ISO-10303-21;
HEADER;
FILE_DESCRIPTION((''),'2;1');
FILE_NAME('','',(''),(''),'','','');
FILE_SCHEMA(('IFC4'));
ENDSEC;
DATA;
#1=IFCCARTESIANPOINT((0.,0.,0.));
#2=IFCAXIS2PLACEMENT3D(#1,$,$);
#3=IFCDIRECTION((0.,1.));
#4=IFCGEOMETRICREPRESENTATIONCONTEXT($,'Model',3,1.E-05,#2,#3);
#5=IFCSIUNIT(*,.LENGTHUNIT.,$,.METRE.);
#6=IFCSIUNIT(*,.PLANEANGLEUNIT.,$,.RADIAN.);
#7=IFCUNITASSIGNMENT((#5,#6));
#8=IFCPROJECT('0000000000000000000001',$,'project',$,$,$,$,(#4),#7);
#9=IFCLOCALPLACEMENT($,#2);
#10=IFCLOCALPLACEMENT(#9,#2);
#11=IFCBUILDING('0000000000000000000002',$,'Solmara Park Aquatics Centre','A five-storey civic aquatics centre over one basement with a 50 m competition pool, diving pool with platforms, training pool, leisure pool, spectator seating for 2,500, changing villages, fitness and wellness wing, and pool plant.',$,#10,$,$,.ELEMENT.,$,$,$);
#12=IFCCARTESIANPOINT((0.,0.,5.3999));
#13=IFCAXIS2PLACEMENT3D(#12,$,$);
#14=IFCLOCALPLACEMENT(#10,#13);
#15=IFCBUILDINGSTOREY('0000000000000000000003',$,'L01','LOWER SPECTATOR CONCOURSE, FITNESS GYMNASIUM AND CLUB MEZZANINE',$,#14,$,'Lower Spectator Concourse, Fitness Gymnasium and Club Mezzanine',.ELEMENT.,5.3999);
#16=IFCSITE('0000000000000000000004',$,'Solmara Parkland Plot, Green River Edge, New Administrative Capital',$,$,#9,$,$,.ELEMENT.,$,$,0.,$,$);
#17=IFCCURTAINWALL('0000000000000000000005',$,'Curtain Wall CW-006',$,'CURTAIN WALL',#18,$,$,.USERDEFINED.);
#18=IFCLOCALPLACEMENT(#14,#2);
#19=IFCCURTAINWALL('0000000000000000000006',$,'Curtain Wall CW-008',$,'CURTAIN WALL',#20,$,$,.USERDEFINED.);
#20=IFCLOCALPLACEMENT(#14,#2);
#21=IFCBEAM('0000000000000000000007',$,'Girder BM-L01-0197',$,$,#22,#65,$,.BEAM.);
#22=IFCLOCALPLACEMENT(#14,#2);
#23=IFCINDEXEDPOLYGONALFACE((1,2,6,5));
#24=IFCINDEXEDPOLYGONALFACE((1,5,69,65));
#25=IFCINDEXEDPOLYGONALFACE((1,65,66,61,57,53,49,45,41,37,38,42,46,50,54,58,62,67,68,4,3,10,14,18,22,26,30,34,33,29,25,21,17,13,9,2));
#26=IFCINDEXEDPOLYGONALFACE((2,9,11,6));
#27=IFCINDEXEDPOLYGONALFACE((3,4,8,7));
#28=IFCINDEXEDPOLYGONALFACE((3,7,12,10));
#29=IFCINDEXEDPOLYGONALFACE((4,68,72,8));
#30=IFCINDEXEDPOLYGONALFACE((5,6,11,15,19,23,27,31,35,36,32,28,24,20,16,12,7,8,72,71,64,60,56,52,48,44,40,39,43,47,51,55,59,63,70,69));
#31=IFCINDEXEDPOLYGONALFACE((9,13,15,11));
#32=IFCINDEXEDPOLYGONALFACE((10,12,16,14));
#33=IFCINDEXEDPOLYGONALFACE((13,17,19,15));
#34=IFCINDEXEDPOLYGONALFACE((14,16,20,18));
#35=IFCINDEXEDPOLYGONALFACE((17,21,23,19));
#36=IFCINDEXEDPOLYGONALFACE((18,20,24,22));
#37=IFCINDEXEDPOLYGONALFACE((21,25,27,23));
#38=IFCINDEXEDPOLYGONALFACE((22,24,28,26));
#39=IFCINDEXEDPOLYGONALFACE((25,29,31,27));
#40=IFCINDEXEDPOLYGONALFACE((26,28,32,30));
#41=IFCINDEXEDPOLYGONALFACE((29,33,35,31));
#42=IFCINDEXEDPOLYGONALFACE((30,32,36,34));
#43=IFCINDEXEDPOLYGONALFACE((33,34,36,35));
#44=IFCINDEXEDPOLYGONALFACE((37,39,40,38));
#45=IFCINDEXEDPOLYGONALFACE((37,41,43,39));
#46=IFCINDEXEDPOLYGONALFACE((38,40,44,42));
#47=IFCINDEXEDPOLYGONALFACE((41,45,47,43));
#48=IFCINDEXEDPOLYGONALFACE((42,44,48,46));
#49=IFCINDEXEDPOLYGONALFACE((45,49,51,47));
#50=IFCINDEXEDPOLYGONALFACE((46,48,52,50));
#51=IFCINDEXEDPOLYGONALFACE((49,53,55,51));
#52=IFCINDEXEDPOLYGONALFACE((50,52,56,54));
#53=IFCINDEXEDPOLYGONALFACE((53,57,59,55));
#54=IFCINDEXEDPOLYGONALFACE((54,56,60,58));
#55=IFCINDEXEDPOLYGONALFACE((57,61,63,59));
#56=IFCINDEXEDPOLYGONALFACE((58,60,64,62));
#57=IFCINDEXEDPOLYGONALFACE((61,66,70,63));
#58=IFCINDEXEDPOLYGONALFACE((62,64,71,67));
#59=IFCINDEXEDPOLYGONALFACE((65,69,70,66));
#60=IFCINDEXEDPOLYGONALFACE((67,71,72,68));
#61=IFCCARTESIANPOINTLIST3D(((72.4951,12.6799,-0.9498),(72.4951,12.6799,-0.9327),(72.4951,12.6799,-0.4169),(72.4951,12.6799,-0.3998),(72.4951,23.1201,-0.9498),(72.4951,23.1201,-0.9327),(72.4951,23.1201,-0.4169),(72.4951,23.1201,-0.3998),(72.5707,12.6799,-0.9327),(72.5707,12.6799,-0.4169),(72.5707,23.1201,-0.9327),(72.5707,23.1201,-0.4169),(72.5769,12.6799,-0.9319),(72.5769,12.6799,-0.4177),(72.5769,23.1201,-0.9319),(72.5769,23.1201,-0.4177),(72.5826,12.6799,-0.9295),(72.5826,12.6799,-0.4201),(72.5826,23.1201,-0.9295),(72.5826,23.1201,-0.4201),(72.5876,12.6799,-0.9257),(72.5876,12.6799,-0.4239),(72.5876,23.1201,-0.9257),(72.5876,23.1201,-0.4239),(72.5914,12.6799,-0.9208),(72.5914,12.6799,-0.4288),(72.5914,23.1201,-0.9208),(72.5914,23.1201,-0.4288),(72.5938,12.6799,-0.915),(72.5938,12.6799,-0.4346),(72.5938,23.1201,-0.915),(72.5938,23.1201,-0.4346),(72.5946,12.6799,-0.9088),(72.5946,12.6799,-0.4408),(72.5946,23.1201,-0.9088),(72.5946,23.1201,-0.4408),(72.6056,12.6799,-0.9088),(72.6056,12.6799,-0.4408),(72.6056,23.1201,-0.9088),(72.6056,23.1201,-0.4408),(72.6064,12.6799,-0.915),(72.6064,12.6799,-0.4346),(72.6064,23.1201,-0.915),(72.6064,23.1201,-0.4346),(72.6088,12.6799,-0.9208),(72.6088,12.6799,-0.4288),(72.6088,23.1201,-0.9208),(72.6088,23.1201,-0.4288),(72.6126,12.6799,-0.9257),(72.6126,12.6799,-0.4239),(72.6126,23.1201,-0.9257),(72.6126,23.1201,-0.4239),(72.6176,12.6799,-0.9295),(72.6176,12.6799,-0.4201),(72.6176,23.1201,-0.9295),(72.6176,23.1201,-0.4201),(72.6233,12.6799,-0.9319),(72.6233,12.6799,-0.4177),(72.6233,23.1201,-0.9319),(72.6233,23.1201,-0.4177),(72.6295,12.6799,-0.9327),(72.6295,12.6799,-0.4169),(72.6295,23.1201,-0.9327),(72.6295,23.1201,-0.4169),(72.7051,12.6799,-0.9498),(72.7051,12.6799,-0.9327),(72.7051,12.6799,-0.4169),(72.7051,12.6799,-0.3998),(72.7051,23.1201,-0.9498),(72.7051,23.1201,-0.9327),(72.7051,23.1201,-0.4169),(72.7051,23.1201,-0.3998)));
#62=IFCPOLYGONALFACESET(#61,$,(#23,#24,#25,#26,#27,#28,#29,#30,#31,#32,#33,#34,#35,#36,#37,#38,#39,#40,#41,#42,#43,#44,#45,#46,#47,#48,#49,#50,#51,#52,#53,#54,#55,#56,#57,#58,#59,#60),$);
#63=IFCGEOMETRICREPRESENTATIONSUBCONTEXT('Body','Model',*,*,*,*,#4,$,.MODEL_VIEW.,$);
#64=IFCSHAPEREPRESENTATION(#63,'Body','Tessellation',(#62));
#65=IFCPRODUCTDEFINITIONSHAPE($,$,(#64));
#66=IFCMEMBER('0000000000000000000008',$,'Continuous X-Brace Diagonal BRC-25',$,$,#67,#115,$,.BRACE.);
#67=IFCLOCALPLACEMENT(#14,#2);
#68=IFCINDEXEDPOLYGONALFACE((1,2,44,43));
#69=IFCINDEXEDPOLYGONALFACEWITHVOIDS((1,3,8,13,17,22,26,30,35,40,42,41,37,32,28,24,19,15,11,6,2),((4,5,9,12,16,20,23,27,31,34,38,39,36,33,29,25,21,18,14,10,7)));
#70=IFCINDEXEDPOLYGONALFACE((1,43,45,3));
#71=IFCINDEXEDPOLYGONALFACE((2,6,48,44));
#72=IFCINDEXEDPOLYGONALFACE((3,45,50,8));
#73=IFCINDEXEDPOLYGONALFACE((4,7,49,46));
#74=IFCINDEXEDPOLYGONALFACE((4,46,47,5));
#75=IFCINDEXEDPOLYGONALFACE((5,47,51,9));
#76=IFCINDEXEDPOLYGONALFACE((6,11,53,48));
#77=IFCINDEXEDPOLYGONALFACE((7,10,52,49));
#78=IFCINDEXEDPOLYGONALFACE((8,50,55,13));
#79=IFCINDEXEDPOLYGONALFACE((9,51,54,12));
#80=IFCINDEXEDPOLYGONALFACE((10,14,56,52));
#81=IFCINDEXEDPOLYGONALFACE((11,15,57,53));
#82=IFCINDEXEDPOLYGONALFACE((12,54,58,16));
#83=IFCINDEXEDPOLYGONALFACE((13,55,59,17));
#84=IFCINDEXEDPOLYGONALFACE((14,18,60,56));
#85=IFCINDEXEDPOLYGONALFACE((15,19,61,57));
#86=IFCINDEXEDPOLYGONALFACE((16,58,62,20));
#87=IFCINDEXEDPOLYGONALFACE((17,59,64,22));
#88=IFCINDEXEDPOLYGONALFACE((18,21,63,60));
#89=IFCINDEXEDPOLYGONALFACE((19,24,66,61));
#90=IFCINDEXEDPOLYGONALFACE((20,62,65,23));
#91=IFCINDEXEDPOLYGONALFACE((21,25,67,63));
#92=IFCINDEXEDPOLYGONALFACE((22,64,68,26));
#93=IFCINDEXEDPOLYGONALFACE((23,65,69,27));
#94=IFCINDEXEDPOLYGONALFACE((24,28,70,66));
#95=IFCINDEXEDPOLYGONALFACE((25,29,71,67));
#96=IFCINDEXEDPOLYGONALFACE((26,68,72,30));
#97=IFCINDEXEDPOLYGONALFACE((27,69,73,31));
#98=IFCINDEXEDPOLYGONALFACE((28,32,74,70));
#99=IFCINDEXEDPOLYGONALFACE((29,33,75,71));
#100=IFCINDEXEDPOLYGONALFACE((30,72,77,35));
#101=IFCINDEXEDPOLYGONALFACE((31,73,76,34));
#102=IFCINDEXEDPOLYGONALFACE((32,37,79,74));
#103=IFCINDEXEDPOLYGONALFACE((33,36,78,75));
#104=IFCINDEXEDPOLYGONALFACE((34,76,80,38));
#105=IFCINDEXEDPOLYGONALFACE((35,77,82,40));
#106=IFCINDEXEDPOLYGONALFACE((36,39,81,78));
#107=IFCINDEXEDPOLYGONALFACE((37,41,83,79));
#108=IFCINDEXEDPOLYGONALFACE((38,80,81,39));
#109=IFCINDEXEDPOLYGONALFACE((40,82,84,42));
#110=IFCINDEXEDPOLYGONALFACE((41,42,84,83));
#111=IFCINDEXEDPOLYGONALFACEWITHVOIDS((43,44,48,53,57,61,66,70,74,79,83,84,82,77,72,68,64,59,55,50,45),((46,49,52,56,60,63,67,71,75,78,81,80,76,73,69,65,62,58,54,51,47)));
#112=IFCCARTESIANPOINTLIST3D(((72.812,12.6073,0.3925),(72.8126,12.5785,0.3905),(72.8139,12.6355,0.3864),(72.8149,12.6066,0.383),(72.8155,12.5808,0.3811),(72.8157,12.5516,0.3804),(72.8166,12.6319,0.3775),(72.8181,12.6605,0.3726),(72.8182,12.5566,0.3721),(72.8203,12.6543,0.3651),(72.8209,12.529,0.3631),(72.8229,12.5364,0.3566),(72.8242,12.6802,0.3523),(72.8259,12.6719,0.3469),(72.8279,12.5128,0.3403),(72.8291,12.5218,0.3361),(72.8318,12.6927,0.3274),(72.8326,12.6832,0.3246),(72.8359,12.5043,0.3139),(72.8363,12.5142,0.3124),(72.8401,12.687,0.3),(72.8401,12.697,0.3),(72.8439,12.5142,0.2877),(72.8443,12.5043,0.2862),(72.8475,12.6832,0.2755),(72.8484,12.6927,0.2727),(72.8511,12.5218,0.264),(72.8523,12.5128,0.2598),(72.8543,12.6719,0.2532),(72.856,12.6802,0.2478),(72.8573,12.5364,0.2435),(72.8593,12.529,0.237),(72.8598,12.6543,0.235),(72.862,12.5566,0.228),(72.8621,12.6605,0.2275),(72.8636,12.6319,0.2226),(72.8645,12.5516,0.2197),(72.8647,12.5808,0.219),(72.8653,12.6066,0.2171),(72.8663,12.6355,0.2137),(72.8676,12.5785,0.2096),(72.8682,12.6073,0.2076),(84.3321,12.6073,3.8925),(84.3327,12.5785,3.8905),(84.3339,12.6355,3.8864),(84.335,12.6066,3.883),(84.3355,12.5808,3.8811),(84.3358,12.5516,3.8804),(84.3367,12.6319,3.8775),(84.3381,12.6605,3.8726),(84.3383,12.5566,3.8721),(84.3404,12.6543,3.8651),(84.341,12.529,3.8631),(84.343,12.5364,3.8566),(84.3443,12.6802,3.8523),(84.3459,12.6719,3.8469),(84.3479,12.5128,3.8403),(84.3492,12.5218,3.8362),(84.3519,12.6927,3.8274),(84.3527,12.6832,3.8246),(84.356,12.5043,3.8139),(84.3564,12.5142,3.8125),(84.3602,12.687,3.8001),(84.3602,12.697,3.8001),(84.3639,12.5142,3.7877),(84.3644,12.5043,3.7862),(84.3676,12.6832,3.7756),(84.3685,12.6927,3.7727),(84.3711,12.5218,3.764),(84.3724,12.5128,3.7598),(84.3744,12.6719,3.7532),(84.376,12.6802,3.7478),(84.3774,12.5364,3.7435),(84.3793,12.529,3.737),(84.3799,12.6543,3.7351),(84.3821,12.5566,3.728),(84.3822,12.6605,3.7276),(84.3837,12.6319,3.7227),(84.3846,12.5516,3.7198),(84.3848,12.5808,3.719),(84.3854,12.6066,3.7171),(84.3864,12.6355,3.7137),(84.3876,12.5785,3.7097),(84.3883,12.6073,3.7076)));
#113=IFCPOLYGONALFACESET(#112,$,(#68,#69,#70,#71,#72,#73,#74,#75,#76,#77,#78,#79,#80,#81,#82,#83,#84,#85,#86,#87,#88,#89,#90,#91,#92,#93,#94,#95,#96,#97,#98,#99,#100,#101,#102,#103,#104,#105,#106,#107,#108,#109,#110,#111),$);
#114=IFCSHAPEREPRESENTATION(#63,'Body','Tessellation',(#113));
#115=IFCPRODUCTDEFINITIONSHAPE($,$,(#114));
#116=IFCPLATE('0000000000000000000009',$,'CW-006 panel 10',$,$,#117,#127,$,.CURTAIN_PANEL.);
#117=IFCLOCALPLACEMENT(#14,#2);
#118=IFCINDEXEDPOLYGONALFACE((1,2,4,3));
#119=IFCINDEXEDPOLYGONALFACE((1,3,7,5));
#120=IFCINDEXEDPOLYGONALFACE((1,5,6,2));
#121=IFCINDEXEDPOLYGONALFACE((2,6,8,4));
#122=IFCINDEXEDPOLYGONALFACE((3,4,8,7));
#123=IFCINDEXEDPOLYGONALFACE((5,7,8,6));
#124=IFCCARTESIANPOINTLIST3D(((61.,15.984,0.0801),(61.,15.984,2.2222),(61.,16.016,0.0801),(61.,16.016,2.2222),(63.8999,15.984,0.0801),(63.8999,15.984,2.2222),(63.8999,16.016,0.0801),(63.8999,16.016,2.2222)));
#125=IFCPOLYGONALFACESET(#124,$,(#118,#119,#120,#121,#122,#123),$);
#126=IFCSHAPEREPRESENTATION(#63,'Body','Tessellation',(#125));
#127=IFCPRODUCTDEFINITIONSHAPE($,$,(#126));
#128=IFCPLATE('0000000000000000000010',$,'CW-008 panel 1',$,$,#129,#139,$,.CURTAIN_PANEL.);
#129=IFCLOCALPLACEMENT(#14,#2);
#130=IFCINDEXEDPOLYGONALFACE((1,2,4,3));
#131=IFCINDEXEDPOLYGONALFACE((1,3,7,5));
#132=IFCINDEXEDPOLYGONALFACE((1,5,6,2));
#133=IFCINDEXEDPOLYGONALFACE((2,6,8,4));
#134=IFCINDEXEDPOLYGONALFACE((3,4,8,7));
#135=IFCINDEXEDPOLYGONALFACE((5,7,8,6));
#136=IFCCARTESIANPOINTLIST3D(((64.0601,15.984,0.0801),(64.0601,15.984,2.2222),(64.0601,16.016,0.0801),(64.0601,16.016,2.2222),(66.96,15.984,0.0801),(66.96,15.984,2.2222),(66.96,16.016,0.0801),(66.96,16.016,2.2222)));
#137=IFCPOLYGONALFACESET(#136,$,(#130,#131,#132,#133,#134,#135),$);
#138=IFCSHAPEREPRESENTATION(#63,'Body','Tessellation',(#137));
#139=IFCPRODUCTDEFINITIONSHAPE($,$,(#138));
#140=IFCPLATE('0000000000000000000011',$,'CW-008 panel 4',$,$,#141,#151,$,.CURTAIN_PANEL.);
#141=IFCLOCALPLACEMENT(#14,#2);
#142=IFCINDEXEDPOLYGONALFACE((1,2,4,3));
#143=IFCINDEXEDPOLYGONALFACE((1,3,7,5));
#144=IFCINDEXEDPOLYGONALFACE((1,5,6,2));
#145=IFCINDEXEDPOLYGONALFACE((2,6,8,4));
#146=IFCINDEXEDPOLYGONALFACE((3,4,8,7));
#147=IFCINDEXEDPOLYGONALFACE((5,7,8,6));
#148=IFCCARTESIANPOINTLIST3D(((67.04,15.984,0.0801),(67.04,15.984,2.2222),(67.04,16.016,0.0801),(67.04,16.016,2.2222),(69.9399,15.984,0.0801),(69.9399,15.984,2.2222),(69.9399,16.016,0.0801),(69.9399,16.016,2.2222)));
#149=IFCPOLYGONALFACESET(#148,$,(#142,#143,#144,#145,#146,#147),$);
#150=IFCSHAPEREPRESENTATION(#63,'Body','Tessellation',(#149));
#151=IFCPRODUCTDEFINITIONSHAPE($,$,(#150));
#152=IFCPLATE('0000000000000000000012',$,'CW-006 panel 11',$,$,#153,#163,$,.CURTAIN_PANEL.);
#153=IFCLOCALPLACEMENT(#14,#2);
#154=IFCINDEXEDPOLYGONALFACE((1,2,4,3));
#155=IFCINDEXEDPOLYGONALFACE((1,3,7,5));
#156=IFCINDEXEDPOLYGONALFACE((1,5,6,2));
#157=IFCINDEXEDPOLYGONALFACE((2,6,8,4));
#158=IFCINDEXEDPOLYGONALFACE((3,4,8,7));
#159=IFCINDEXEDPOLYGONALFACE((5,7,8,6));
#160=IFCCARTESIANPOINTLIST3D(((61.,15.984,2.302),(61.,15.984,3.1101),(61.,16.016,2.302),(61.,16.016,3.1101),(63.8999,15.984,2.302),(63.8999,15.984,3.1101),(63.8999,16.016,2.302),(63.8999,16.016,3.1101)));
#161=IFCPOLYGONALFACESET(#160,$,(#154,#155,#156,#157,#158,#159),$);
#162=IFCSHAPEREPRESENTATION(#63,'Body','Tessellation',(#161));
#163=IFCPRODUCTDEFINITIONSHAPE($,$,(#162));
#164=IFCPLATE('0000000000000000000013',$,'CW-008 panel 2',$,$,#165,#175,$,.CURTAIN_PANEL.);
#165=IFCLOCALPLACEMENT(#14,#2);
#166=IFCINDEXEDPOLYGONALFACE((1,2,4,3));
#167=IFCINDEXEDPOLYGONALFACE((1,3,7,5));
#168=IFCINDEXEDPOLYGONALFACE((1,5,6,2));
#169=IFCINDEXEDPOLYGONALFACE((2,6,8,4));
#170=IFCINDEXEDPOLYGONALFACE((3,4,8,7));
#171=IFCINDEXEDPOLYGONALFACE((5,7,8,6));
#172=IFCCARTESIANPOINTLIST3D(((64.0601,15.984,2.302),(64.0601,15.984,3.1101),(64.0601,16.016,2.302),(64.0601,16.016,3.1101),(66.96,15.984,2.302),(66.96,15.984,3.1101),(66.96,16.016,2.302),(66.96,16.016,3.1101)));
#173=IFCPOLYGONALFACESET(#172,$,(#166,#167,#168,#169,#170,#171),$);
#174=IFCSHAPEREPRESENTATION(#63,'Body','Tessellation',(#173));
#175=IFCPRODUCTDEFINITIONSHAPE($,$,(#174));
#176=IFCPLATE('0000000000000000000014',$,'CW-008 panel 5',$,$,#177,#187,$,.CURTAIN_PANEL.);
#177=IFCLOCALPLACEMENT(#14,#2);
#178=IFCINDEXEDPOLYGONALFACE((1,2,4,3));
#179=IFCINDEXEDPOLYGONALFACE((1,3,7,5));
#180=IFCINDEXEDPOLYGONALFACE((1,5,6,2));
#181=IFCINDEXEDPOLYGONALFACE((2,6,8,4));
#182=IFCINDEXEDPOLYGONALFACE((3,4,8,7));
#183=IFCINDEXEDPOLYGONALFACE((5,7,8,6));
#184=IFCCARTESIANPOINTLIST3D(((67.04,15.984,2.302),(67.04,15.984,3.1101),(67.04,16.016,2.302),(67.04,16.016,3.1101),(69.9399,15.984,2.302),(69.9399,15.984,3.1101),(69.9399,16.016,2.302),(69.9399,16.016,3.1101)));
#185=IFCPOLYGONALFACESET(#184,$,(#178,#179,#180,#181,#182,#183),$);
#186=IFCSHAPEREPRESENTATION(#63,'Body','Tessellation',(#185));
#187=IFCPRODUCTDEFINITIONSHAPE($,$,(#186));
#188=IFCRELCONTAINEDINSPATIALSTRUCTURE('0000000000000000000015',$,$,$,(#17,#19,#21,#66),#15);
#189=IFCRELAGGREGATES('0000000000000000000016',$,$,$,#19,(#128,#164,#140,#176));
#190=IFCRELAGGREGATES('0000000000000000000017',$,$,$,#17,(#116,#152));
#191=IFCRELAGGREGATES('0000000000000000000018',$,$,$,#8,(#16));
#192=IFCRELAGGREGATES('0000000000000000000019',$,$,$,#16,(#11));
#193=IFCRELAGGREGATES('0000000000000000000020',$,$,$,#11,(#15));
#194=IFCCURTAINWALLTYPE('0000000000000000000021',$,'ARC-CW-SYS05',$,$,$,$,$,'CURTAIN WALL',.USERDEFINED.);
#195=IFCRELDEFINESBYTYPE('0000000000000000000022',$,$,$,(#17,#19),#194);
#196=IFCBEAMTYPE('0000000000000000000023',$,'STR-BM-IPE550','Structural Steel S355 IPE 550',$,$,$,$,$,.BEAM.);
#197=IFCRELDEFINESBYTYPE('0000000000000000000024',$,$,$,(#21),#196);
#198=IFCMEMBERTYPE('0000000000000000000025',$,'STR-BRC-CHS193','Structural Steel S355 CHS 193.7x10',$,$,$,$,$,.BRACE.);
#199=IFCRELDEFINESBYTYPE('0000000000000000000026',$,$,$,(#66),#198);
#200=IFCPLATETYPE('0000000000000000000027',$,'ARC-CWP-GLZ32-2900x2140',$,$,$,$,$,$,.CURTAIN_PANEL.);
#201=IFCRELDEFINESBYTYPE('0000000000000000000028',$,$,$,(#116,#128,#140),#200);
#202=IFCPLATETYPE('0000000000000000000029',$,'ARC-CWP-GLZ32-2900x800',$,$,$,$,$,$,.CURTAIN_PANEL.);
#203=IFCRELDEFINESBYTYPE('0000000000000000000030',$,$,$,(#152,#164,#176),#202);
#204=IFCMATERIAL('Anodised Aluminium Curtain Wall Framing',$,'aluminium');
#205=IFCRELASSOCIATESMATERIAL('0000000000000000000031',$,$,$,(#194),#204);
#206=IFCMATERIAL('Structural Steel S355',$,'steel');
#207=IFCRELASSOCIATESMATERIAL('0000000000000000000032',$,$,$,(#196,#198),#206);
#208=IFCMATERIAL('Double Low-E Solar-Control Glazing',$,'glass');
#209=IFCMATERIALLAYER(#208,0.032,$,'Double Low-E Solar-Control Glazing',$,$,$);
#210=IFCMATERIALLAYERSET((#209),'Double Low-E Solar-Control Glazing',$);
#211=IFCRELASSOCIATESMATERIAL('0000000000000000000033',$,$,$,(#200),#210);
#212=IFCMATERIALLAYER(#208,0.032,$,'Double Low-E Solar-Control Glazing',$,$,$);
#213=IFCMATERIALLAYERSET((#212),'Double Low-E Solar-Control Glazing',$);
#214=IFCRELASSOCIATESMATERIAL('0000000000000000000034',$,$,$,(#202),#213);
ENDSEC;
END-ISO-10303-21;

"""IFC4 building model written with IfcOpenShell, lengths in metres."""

from ifc_helpers import new_model, si_unit, direction, frame, origin, origin_2d, place, context, subcontext, project, spatial, rectangle, hollow_circle, i_section, extrude, material, layer, layer_set, material_profile, profile_set, type_object, element, aggregate, save


model = new_model("IFC4")

# Units and contexts
model_context = context("Model", 3, precision=1e-05, world=origin(), true_north=direction((0.0, 1.0)))
body_context = subcontext(model_context, "Body", "Model", "MODEL_VIEW")
ifc_project = project(units=[si_unit("LENGTHUNIT", "METRE"), si_unit("PLANEANGLEUNIT", "RADIAN")], contexts=[model_context])

# Site, building, storey
site_placement = place(None, origin())
site = spatial("IfcSite", under=ifc_project, at=site_placement, Name="Solmara Parkland Plot, Green River Edge, New Administrative Capital", CompositionType="ELEMENT", RefElevation=0.0)
building_placement = place(site_placement, origin())
building = spatial("IfcBuilding", under=site, at=building_placement, Name="Solmara Park Aquatics Centre", Description="A five-storey civic aquatics centre over one basement with a 50 m competition pool, diving pool with platforms, training pool, leisure pool, spectator seating for 2,500, changing villages, fitness and wellness wing, and pool plant.", CompositionType="ELEMENT")
storey_placement = place(building_placement, frame((0.0, 0.0, 5.3999)))
storey = spatial("IfcBuildingStorey", under=building, at=storey_placement, Name="L01", Description="LOWER SPECTATOR CONCOURSE, FITNESS GYMNASIUM AND CLUB MEZZANINE", LongName="Lower Spectator Concourse, Fitness Gymnasium and Club Mezzanine", CompositionType="ELEMENT", Elevation=5.3999)

# Shared definitions
ifc_material_1 = material(Name="Structural Steel S355", Category="steel")

# Curtain wall
ifc_material_2 = material(Name="Anodised Aluminium Curtain Wall Framing", Category="aluminium")
curtain_wall_type = type_object("IfcCurtainWallType", Name="ARC-CW-SYS05", ElementType="CURTAIN WALL", PredefinedType="USERDEFINED", material=ifc_material_2)
curtain_wall_1_placement = place(storey_placement, origin())
curtain_wall_1 = element("IfcCurtainWall", 1, at=curtain_wall_1_placement, inside=storey, type_object=curtain_wall_type, Name="Curtain Wall CW-006", ObjectType="CURTAIN WALL", PredefinedType="USERDEFINED")

# Curtain wall
curtain_wall_2_placement = place(storey_placement, origin())
curtain_wall_2 = element("IfcCurtainWall", 2, at=curtain_wall_2_placement, inside=storey, type_object=curtain_wall_type, Name="Curtain Wall CW-008", ObjectType="CURTAIN WALL", PredefinedType="USERDEFINED")

# Beam
ifc_material_profile_1 = material_profile(ifc_material_1, i_section(OverallWidth=0.21, OverallDepth=0.55, WebThickness=0.011, FlangeThickness=0.0171, FilletRadius=0.0239, at=origin_2d()), Name="IPE 550")
ifc_profile_set_1 = profile_set([ifc_material_profile_1], Name="Structural Steel S355")
beam_type_1 = type_object("IfcBeamType", Name="STR-BM-IPE550", Description="Structural Steel S355 IPE 550", PredefinedType="BEAM", material=ifc_profile_set_1)
beam_1_placement = place(storey_placement, frame((72.6001, 12.6799, -0.6748), z_axis=(0.0, 1.0, 0.0), x_axis=(-1.0, 0.0, 0.0)))
element("IfcBeam", 3, at=beam_1_placement, inside=storey, type_object=beam_type_1, Name="Girder BM-L01-0197", PredefinedType="BEAM", context=body_context, shape_type="SweptSolid", body=[
    extrude(i_section(OverallWidth=0.21, OverallDepth=0.55, WebThickness=0.011, FlangeThickness=0.0171, FilletRadius=0.0239, at=origin_2d()), origin(), (0.0, 0.0, 1.0), 10.4402),
])

# Member
ifc_material_profile_2 = material_profile(ifc_material_1, hollow_circle(Radius=0.0969, WallThickness=0.01, at=origin_2d()), Name="CHS 193.7x10")
ifc_profile_set_2 = profile_set([ifc_material_profile_2], Name="Structural Steel S355")
member_type_1 = type_object("IfcMemberType", Name="STR-BRC-CHS193", Description="Structural Steel S355 CHS 193.7x10", PredefinedType="BRACE", material=ifc_profile_set_2)
member_1_placement = place(storey_placement, frame((72.8401, 12.6001, 0.3), z_axis=(0.956815, 0.0, 0.290698), x_axis=(0.0, 1.0, 0.0)))
element("IfcMember", 4, at=member_1_placement, inside=storey, type_object=member_type_1, Name="Continuous X-Brace Diagonal BRC-25", PredefinedType="BRACE", context=body_context, shape_type="SweptSolid", body=[
    extrude(hollow_circle(Radius=0.0969, WallThickness=0.01, at=origin_2d()), origin(), (0.0, 0.0, 1.0), 12.04),
])

# Plates
ifc_material_3 = material(Name="Double Low-E Solar-Control Glazing", Category="glass")
ifc_layer_1 = layer(ifc_material_3, 0.032, Name="Double Low-E Solar-Control Glazing")
ifc_layer_set_1 = layer_set([ifc_layer_1], Name="Double Low-E Solar-Control Glazing")
plate_type_1 = type_object("IfcPlateType", Name="ARC-CWP-GLZ32-2900x2140", PredefinedType="CURTAIN_PANEL", material=ifc_layer_set_1)
plate_1_placement = place(storey_placement, frame((62.45, 16.0, 0.0801), z_axis=(0.0, 0.0, 1.0), x_axis=(1.0, 0.0, 0.0)))
plate_1 = element("IfcPlate", 5, at=plate_1_placement, type_object=plate_type_1, Name="CW-006 panel 10", PredefinedType="CURTAIN_PANEL", context=body_context, shape_type="SweptSolid", body=[
    extrude(rectangle(XDim=2.8999, YDim=0.032, at=origin_2d()), origin(), (0.0, 0.0, 1.0), 2.1421),
])
plate_2_placement = place(storey_placement, frame((65.51, 16.0, 0.0801), z_axis=(0.0, 0.0, 1.0), x_axis=(1.0, 0.0, 0.0)))
plate_2 = element("IfcPlate", 6, at=plate_2_placement, type_object=plate_type_1, Name="CW-008 panel 1", PredefinedType="CURTAIN_PANEL", context=body_context, shape_type="SweptSolid", body=[
    extrude(rectangle(XDim=2.8999, YDim=0.032, at=origin_2d()), origin(), (0.0, 0.0, 1.0), 2.1421),
])
plate_3_placement = place(storey_placement, frame((68.49, 16.0, 0.0801), z_axis=(0.0, 0.0, 1.0), x_axis=(1.0, 0.0, 0.0)))
plate_3 = element("IfcPlate", 7, at=plate_3_placement, type_object=plate_type_1, Name="CW-008 panel 4", PredefinedType="CURTAIN_PANEL", context=body_context, shape_type="SweptSolid", body=[
    extrude(rectangle(XDim=2.8999, YDim=0.032, at=origin_2d()), origin(), (0.0, 0.0, 1.0), 2.1421),
])
ifc_layer_2 = layer(ifc_material_3, 0.032, Name="Double Low-E Solar-Control Glazing")
ifc_layer_set_2 = layer_set([ifc_layer_2], Name="Double Low-E Solar-Control Glazing")
plate_type_2 = type_object("IfcPlateType", Name="ARC-CWP-GLZ32-2900x800", PredefinedType="CURTAIN_PANEL", material=ifc_layer_set_2)
plate_4_placement = place(storey_placement, frame((62.45, 16.0, 2.302), z_axis=(0.0, 0.0, 1.0), x_axis=(1.0, 0.0, 0.0)))
plate_4 = element("IfcPlate", 8, at=plate_4_placement, type_object=plate_type_2, Name="CW-006 panel 11", PredefinedType="CURTAIN_PANEL", context=body_context, shape_type="SweptSolid", body=[
    extrude(rectangle(XDim=2.8999, YDim=0.032, at=origin_2d()), origin(), (0.0, 0.0, 1.0), 0.8081),
])
plate_5_placement = place(storey_placement, frame((65.51, 16.0, 2.302), z_axis=(0.0, 0.0, 1.0), x_axis=(1.0, 0.0, 0.0)))
plate_5 = element("IfcPlate", 9, at=plate_5_placement, type_object=plate_type_2, Name="CW-008 panel 2", PredefinedType="CURTAIN_PANEL", context=body_context, shape_type="SweptSolid", body=[
    extrude(rectangle(XDim=2.8999, YDim=0.032, at=origin_2d()), origin(), (0.0, 0.0, 1.0), 0.8081),
])
plate_6_placement = place(storey_placement, frame((68.49, 16.0, 2.302), z_axis=(0.0, 0.0, 1.0), x_axis=(1.0, 0.0, 0.0)))
plate_6 = element("IfcPlate", 10, at=plate_6_placement, type_object=plate_type_2, Name="CW-008 panel 5", PredefinedType="CURTAIN_PANEL", context=body_context, shape_type="SweptSolid", body=[
    extrude(rectangle(XDim=2.8999, YDim=0.032, at=origin_2d()), origin(), (0.0, 0.0, 1.0), 0.8081),
])
aggregate(curtain_wall_2, [plate_2, plate_5, plate_3, plate_6])
aggregate(curtain_wall_1, [plate_1, plate_4])

save(model, "model.ifc")
